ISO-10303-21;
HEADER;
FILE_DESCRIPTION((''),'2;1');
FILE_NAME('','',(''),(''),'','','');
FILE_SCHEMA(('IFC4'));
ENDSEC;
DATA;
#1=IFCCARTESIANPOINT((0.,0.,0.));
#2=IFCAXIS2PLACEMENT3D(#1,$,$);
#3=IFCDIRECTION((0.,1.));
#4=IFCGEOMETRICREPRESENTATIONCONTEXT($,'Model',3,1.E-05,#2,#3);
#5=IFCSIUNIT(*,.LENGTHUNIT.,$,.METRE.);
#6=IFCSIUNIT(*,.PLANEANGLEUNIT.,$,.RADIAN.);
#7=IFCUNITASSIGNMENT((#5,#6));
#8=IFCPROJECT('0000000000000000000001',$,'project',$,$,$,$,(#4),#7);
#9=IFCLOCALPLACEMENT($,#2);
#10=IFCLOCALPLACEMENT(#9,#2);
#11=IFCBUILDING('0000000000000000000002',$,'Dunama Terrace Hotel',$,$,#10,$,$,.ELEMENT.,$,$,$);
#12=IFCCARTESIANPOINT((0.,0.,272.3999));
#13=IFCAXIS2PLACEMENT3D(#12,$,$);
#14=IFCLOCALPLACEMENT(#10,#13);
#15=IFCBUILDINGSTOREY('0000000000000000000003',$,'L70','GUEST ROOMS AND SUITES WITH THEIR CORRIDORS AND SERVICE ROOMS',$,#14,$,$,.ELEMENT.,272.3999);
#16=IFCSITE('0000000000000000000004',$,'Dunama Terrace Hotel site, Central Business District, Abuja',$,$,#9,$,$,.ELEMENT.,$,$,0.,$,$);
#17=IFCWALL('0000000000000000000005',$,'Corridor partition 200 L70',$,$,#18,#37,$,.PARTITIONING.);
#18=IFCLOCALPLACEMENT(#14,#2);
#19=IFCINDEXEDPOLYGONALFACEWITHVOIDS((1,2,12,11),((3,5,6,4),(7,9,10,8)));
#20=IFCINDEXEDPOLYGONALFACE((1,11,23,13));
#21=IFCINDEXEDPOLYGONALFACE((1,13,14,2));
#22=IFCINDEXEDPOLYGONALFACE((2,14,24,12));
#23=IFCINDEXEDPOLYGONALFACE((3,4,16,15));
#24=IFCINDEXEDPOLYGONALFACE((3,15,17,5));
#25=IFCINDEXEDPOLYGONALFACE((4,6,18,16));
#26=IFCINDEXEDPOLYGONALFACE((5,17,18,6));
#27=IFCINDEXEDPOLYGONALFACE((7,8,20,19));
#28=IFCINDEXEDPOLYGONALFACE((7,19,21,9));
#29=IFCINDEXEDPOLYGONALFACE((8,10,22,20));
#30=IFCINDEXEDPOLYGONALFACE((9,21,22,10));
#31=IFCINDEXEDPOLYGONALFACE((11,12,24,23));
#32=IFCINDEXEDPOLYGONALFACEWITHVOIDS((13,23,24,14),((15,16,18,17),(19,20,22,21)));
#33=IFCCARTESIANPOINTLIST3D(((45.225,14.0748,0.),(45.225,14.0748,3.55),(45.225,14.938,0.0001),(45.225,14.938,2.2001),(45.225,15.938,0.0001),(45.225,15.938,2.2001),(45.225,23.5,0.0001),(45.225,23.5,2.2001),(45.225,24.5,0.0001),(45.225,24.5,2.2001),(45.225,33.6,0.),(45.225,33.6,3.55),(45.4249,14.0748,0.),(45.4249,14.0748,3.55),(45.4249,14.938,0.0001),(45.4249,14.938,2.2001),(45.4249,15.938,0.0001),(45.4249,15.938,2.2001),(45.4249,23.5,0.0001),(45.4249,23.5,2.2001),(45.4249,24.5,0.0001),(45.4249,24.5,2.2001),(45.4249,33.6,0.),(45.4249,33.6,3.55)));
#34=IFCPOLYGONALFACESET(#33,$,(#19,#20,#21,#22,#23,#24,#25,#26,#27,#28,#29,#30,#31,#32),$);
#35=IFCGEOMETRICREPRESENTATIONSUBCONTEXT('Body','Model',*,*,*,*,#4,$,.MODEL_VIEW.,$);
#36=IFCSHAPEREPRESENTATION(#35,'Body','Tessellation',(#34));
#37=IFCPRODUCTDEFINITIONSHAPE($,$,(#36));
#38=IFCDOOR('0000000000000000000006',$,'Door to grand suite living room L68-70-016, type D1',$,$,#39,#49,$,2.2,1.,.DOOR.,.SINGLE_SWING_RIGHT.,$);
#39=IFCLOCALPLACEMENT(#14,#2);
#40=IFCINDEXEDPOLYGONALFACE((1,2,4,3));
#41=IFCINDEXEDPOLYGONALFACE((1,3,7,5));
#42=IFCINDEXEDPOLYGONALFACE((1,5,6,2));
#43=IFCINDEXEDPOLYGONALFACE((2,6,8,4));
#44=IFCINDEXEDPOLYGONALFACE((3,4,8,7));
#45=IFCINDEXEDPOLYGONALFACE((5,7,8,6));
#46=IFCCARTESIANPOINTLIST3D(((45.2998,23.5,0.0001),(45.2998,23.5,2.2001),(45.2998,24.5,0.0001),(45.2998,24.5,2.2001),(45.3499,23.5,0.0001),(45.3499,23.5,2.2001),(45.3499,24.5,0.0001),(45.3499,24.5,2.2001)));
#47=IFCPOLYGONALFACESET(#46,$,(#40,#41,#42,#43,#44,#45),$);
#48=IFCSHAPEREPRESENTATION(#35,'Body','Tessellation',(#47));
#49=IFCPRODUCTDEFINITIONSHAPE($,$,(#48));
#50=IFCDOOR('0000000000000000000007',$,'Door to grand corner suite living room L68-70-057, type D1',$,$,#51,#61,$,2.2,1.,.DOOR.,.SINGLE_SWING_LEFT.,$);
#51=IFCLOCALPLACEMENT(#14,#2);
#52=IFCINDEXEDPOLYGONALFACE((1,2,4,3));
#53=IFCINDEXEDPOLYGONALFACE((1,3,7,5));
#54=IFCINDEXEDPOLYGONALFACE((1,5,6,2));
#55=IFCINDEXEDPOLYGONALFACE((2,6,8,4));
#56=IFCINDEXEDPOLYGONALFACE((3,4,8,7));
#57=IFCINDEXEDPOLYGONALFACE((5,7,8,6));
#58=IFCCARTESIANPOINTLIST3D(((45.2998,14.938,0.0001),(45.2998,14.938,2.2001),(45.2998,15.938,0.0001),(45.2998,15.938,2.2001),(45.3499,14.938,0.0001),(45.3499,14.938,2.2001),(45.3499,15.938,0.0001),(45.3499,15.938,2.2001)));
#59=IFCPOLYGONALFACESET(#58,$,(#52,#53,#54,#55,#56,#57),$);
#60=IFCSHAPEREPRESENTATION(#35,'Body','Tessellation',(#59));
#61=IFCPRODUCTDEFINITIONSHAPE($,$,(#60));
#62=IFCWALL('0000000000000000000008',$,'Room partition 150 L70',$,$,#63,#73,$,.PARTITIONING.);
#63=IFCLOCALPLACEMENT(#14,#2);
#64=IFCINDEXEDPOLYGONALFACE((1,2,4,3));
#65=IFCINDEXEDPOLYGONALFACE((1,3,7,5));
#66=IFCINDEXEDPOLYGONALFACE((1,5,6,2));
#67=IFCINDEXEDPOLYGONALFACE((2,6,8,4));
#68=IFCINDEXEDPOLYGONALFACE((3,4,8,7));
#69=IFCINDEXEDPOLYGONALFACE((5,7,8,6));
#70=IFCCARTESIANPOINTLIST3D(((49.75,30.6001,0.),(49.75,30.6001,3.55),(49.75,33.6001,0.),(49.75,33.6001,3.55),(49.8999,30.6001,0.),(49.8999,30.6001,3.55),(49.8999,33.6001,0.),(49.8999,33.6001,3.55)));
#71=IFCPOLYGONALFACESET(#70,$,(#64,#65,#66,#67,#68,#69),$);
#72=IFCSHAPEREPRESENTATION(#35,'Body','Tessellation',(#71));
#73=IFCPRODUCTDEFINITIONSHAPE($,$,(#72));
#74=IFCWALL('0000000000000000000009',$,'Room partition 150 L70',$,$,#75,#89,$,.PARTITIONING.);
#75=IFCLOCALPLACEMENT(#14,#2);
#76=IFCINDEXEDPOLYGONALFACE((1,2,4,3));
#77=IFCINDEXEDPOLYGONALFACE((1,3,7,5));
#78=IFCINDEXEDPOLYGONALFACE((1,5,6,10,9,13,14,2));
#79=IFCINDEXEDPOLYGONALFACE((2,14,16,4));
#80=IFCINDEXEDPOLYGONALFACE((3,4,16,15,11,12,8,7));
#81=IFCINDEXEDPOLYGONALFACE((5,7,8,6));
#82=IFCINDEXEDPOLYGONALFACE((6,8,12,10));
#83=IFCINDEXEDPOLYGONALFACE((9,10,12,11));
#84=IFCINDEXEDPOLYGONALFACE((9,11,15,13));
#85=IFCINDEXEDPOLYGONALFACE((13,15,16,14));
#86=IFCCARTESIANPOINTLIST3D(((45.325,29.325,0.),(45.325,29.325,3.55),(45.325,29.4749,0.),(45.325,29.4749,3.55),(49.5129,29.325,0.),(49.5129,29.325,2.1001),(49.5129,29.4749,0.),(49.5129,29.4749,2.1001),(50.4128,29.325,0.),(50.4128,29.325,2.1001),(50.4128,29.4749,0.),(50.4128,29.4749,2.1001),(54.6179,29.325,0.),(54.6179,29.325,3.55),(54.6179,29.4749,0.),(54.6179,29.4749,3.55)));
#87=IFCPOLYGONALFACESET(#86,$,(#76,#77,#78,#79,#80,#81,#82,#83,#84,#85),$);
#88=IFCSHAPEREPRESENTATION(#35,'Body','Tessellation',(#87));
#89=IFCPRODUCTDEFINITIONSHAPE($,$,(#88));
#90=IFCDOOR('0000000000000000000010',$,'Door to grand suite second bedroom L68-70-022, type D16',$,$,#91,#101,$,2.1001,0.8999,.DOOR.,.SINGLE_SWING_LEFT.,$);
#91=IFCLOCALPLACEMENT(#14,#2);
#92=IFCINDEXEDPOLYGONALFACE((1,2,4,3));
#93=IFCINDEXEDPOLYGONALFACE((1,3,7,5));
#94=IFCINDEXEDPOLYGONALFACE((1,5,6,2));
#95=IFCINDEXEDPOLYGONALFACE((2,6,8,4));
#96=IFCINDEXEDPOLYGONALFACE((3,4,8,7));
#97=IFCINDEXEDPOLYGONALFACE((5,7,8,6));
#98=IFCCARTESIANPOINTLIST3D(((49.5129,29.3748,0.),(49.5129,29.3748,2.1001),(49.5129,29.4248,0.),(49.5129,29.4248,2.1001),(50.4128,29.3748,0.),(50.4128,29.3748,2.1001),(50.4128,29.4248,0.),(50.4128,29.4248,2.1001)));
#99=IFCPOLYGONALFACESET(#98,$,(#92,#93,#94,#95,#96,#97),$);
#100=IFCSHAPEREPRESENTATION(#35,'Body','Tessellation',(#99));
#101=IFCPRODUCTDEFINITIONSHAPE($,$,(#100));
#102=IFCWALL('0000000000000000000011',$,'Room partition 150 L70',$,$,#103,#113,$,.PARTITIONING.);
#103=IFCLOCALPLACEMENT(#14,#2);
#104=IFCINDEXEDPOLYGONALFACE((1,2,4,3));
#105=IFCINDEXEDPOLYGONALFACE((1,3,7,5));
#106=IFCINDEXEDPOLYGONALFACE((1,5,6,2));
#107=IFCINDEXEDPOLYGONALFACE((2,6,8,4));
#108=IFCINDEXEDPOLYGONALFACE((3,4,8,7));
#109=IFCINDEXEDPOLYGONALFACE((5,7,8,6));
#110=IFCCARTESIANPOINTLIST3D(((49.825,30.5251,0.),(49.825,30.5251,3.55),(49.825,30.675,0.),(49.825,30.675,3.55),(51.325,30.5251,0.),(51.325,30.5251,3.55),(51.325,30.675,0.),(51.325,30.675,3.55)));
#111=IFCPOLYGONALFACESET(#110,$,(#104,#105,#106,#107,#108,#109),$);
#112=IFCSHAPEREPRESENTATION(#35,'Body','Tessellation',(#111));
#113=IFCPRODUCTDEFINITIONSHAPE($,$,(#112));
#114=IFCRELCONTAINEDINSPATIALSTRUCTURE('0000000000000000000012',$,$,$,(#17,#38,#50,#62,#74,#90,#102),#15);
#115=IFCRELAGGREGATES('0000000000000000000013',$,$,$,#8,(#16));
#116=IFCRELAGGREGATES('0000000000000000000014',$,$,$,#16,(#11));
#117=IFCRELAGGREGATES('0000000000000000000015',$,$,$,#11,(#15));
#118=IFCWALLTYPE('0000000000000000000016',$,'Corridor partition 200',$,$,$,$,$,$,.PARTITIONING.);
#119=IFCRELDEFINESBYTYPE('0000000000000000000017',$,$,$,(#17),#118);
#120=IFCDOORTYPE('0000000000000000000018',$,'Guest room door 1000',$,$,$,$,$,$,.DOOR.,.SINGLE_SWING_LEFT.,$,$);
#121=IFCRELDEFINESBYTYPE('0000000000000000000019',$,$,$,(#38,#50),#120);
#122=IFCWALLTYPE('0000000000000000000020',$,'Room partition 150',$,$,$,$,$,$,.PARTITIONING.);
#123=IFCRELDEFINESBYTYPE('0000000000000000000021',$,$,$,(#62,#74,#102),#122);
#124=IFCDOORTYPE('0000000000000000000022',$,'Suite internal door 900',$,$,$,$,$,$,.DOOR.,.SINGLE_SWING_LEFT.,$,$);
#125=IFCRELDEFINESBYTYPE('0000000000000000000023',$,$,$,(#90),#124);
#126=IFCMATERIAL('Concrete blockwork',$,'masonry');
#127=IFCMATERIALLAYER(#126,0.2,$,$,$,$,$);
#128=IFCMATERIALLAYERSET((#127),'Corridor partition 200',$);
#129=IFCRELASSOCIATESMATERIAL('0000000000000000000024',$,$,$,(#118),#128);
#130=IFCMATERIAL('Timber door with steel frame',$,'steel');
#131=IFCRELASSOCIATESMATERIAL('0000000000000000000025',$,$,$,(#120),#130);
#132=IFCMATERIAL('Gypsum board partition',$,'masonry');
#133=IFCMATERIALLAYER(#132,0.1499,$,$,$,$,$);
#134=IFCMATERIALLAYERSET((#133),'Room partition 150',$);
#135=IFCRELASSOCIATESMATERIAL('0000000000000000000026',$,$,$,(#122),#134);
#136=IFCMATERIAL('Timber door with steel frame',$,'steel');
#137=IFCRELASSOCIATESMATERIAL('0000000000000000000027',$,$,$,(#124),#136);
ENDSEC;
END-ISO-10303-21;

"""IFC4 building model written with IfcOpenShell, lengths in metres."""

from ifc_helpers import new_model, si_unit, direction, frame, frame_2d, origin, place, context, subcontext, project, spatial, rectangle, extrude, material, layer, layer_set, type_object, element, fill, save


model = new_model("IFC4")

# Units and contexts
model_context = context("Model", 3, precision=1e-05, world=origin(), true_north=direction((0.0, 1.0)))
body_context = subcontext(model_context, "Body", "Model", "MODEL_VIEW")
ifc_project = project(units=[si_unit("LENGTHUNIT", "METRE"), si_unit("PLANEANGLEUNIT", "RADIAN")], contexts=[model_context])

# Site, building, storey
site_placement = place(None, origin())
site = spatial("IfcSite", under=ifc_project, at=site_placement, Name="Dunama Terrace Hotel site, Central Business District, Abuja", CompositionType="ELEMENT", RefElevation=0.0)
building_placement = place(site_placement, origin())
building = spatial("IfcBuilding", under=site, at=building_placement, Name="Dunama Terrace Hotel", CompositionType="ELEMENT")
storey_placement = place(building_placement, frame((0.0, 0.0, 272.3999)))
storey = spatial("IfcBuildingStorey", under=building, at=storey_placement, Name="L70", Description="GUEST ROOMS AND SUITES WITH THEIR CORRIDORS AND SERVICE ROOMS", CompositionType="ELEMENT", Elevation=272.3999)

# Shared definitions
ifc_material_1 = material(Name="Concrete blockwork", Category="masonry")
ifc_layer_1 = layer(ifc_material_1, 0.2)
ifc_layer_set_1 = layer_set([ifc_layer_1], Name="Corridor partition 200")
wall_type_1 = type_object("IfcWallType", Name="Corridor partition 200", PredefinedType="PARTITIONING", material=ifc_layer_set_1)

# Wall, openings, doors
wall_1_placement = place(storey_placement, frame((45.325, 33.6001, 0.0), z_axis=(0.0, 0.0, 1.0), x_axis=(0.0, -1.0, 0.0)))
wall_1 = element("IfcWall", 1, at=wall_1_placement, inside=storey, type_object=wall_type_1, Name="Corridor partition 200 L70", PredefinedType="PARTITIONING", context=body_context, shape_type="SweptSolid", body=[
    extrude(rectangle(XDim=19.5251, YDim=0.2, at=frame_2d((9.7627, 0.0))), origin(), (0.0, 0.0, 1.0), 3.55),
])
opening_1_placement = place(wall_1_placement, frame((9.1001, 0.0, 0.0)))
opening_1 = element("IfcOpeningElement", 2, at=opening_1_placement, cuts=wall_1, PredefinedType="OPENING", context=body_context, shape_type="SweptSolid", body=[
    extrude(rectangle(XDim=1.0, YDim=2.2, at=frame_2d((0.5, 1.1001))), frame((0.0, 0.1099, 0.0), z_axis=(0.0, -1.0, 0.0), x_axis=(1.0, 0.0, 0.0)), (0.0, 0.0, 1.0), 0.22),
])
opening_2_placement = place(wall_1_placement, frame((17.6621, 0.0, 0.0)))
opening_2 = element("IfcOpeningElement", 3, at=opening_2_placement, cuts=wall_1, PredefinedType="OPENING", context=body_context, shape_type="SweptSolid", body=[
    extrude(rectangle(XDim=1.0, YDim=2.2, at=frame_2d((0.5, 1.1001))), frame((0.0, 0.1099, 0.0), z_axis=(0.0, -1.0, 0.0), x_axis=(1.0, 0.0, 0.0)), (0.0, 0.0, 1.0), 0.22),
])
ifc_material_2 = material(Name="Timber door with steel frame", Category="steel")
door_type_1 = type_object("IfcDoorType", Name="Guest room door 1000", OperationType="SINGLE_SWING_LEFT", PredefinedType="DOOR", material=ifc_material_2)
door_1_placement = place(opening_1_placement, origin())
door_1 = element("IfcDoor", 4, at=door_1_placement, inside=storey, type_object=door_type_1, Name="Door to grand suite living room L68-70-016, type D1", OperationType="SINGLE_SWING_RIGHT", OverallHeight=2.2, OverallWidth=1.0, PredefinedType="DOOR", context=body_context, shape_type="SweptSolid", body=[
    extrude(rectangle(XDim=1.0, YDim=2.2, at=frame_2d((0.5, 1.1001))), frame((0.0, 0.0249, 0.0), z_axis=(0.0, -1.0, 0.0), x_axis=(1.0, 0.0, 0.0)), (0.0, 0.0, 1.0), 0.05),
])
fill(opening_1, door_1)
door_2_placement = place(opening_2_placement, origin())
door_2 = element("IfcDoor", 5, at=door_2_placement, inside=storey, type_object=door_type_1, Name="Door to grand corner suite living room L68-70-057, type D1", OperationType="SINGLE_SWING_LEFT", OverallHeight=2.2, OverallWidth=1.0, PredefinedType="DOOR", context=body_context, shape_type="SweptSolid", body=[
    extrude(rectangle(XDim=1.0, YDim=2.2, at=frame_2d((0.5, 1.1001))), frame((0.0, 0.0249, 0.0), z_axis=(0.0, -1.0, 0.0), x_axis=(1.0, 0.0, 0.0)), (0.0, 0.0, 1.0), 0.05),
])
fill(opening_2, door_2)

# Wall
ifc_material_3 = material(Name="Gypsum board partition", Category="masonry")
ifc_layer_2 = layer(ifc_material_3, 0.1499)
ifc_layer_set_2 = layer_set([ifc_layer_2], Name="Room partition 150")
wall_type_2 = type_object("IfcWallType", Name="Room partition 150", PredefinedType="PARTITIONING", material=ifc_layer_set_2)
wall_2_placement = place(storey_placement, frame((49.825, 30.6001, 0.0), z_axis=(0.0, 0.0, 1.0), x_axis=(0.0, 1.0, 0.0)))
element("IfcWall", 6, at=wall_2_placement, inside=storey, type_object=wall_type_2, Name="Room partition 150 L70", PredefinedType="PARTITIONING", context=body_context, shape_type="SweptSolid", body=[
    extrude(rectangle(XDim=3.0, YDim=0.1499, at=frame_2d((1.5, 0.0))), origin(), (0.0, 0.0, 1.0), 3.55),
])

# Wall, opening, door
wall_3_placement = place(storey_placement, frame((45.325, 29.3999, 0.0), z_axis=(0.0, 0.0, 1.0), x_axis=(1.0, 0.0, 0.0)))
wall_3 = element("IfcWall", 7, at=wall_3_placement, inside=storey, type_object=wall_type_2, Name="Room partition 150 L70", PredefinedType="PARTITIONING", context=body_context, shape_type="SweptSolid", body=[
    extrude(rectangle(XDim=9.293, YDim=0.1499, at=frame_2d((4.6465, 0.0))), origin(), (0.0, 0.0, 1.0), 3.55),
])
opening_3_placement = place(wall_3_placement, frame((4.188, 0.0, 0.0)))
opening_3 = element("IfcOpeningElement", 8, at=opening_3_placement, cuts=wall_3, PredefinedType="OPENING", context=body_context, shape_type="SweptSolid", body=[
    extrude(rectangle(XDim=0.8999, YDim=2.1001, at=frame_2d((0.45, 1.05))), frame((0.0, 0.085, 0.0), z_axis=(0.0, -1.0, 0.0), x_axis=(1.0, 0.0, 0.0)), (0.0, 0.0, 1.0), 0.1699),
])
ifc_material_4 = material(Name="Timber door with steel frame", Category="steel")
door_type_2 = type_object("IfcDoorType", Name="Suite internal door 900", OperationType="SINGLE_SWING_LEFT", PredefinedType="DOOR", material=ifc_material_4)
door_3_placement = place(opening_3_placement, origin())
door_3 = element("IfcDoor", 9, at=door_3_placement, inside=storey, type_object=door_type_2, Name="Door to grand suite second bedroom L68-70-022, type D16", OperationType="SINGLE_SWING_LEFT", OverallHeight=2.1001, OverallWidth=0.8999, PredefinedType="DOOR", context=body_context, shape_type="SweptSolid", body=[
    extrude(rectangle(XDim=0.8999, YDim=2.1001, at=frame_2d((0.45, 1.05))), frame((0.0, 0.0249, 0.0), z_axis=(0.0, -1.0, 0.0), x_axis=(1.0, 0.0, 0.0)), (0.0, 0.0, 1.0), 0.05),
])
fill(opening_3, door_3)

# Wall
wall_4_placement = place(storey_placement, frame((49.825, 30.6001, 0.0), z_axis=(0.0, 0.0, 1.0), x_axis=(1.0, 0.0, 0.0)))
element("IfcWall", 10, at=wall_4_placement, inside=storey, type_object=wall_type_2, Name="Room partition 150 L70", PredefinedType="PARTITIONING", context=body_context, shape_type="SweptSolid", body=[
    extrude(rectangle(XDim=1.5, YDim=0.1499, at=frame_2d((0.75, 0.0))), origin(), (0.0, 0.0, 1.0), 3.55),
])

save(model, "model.ifc")
